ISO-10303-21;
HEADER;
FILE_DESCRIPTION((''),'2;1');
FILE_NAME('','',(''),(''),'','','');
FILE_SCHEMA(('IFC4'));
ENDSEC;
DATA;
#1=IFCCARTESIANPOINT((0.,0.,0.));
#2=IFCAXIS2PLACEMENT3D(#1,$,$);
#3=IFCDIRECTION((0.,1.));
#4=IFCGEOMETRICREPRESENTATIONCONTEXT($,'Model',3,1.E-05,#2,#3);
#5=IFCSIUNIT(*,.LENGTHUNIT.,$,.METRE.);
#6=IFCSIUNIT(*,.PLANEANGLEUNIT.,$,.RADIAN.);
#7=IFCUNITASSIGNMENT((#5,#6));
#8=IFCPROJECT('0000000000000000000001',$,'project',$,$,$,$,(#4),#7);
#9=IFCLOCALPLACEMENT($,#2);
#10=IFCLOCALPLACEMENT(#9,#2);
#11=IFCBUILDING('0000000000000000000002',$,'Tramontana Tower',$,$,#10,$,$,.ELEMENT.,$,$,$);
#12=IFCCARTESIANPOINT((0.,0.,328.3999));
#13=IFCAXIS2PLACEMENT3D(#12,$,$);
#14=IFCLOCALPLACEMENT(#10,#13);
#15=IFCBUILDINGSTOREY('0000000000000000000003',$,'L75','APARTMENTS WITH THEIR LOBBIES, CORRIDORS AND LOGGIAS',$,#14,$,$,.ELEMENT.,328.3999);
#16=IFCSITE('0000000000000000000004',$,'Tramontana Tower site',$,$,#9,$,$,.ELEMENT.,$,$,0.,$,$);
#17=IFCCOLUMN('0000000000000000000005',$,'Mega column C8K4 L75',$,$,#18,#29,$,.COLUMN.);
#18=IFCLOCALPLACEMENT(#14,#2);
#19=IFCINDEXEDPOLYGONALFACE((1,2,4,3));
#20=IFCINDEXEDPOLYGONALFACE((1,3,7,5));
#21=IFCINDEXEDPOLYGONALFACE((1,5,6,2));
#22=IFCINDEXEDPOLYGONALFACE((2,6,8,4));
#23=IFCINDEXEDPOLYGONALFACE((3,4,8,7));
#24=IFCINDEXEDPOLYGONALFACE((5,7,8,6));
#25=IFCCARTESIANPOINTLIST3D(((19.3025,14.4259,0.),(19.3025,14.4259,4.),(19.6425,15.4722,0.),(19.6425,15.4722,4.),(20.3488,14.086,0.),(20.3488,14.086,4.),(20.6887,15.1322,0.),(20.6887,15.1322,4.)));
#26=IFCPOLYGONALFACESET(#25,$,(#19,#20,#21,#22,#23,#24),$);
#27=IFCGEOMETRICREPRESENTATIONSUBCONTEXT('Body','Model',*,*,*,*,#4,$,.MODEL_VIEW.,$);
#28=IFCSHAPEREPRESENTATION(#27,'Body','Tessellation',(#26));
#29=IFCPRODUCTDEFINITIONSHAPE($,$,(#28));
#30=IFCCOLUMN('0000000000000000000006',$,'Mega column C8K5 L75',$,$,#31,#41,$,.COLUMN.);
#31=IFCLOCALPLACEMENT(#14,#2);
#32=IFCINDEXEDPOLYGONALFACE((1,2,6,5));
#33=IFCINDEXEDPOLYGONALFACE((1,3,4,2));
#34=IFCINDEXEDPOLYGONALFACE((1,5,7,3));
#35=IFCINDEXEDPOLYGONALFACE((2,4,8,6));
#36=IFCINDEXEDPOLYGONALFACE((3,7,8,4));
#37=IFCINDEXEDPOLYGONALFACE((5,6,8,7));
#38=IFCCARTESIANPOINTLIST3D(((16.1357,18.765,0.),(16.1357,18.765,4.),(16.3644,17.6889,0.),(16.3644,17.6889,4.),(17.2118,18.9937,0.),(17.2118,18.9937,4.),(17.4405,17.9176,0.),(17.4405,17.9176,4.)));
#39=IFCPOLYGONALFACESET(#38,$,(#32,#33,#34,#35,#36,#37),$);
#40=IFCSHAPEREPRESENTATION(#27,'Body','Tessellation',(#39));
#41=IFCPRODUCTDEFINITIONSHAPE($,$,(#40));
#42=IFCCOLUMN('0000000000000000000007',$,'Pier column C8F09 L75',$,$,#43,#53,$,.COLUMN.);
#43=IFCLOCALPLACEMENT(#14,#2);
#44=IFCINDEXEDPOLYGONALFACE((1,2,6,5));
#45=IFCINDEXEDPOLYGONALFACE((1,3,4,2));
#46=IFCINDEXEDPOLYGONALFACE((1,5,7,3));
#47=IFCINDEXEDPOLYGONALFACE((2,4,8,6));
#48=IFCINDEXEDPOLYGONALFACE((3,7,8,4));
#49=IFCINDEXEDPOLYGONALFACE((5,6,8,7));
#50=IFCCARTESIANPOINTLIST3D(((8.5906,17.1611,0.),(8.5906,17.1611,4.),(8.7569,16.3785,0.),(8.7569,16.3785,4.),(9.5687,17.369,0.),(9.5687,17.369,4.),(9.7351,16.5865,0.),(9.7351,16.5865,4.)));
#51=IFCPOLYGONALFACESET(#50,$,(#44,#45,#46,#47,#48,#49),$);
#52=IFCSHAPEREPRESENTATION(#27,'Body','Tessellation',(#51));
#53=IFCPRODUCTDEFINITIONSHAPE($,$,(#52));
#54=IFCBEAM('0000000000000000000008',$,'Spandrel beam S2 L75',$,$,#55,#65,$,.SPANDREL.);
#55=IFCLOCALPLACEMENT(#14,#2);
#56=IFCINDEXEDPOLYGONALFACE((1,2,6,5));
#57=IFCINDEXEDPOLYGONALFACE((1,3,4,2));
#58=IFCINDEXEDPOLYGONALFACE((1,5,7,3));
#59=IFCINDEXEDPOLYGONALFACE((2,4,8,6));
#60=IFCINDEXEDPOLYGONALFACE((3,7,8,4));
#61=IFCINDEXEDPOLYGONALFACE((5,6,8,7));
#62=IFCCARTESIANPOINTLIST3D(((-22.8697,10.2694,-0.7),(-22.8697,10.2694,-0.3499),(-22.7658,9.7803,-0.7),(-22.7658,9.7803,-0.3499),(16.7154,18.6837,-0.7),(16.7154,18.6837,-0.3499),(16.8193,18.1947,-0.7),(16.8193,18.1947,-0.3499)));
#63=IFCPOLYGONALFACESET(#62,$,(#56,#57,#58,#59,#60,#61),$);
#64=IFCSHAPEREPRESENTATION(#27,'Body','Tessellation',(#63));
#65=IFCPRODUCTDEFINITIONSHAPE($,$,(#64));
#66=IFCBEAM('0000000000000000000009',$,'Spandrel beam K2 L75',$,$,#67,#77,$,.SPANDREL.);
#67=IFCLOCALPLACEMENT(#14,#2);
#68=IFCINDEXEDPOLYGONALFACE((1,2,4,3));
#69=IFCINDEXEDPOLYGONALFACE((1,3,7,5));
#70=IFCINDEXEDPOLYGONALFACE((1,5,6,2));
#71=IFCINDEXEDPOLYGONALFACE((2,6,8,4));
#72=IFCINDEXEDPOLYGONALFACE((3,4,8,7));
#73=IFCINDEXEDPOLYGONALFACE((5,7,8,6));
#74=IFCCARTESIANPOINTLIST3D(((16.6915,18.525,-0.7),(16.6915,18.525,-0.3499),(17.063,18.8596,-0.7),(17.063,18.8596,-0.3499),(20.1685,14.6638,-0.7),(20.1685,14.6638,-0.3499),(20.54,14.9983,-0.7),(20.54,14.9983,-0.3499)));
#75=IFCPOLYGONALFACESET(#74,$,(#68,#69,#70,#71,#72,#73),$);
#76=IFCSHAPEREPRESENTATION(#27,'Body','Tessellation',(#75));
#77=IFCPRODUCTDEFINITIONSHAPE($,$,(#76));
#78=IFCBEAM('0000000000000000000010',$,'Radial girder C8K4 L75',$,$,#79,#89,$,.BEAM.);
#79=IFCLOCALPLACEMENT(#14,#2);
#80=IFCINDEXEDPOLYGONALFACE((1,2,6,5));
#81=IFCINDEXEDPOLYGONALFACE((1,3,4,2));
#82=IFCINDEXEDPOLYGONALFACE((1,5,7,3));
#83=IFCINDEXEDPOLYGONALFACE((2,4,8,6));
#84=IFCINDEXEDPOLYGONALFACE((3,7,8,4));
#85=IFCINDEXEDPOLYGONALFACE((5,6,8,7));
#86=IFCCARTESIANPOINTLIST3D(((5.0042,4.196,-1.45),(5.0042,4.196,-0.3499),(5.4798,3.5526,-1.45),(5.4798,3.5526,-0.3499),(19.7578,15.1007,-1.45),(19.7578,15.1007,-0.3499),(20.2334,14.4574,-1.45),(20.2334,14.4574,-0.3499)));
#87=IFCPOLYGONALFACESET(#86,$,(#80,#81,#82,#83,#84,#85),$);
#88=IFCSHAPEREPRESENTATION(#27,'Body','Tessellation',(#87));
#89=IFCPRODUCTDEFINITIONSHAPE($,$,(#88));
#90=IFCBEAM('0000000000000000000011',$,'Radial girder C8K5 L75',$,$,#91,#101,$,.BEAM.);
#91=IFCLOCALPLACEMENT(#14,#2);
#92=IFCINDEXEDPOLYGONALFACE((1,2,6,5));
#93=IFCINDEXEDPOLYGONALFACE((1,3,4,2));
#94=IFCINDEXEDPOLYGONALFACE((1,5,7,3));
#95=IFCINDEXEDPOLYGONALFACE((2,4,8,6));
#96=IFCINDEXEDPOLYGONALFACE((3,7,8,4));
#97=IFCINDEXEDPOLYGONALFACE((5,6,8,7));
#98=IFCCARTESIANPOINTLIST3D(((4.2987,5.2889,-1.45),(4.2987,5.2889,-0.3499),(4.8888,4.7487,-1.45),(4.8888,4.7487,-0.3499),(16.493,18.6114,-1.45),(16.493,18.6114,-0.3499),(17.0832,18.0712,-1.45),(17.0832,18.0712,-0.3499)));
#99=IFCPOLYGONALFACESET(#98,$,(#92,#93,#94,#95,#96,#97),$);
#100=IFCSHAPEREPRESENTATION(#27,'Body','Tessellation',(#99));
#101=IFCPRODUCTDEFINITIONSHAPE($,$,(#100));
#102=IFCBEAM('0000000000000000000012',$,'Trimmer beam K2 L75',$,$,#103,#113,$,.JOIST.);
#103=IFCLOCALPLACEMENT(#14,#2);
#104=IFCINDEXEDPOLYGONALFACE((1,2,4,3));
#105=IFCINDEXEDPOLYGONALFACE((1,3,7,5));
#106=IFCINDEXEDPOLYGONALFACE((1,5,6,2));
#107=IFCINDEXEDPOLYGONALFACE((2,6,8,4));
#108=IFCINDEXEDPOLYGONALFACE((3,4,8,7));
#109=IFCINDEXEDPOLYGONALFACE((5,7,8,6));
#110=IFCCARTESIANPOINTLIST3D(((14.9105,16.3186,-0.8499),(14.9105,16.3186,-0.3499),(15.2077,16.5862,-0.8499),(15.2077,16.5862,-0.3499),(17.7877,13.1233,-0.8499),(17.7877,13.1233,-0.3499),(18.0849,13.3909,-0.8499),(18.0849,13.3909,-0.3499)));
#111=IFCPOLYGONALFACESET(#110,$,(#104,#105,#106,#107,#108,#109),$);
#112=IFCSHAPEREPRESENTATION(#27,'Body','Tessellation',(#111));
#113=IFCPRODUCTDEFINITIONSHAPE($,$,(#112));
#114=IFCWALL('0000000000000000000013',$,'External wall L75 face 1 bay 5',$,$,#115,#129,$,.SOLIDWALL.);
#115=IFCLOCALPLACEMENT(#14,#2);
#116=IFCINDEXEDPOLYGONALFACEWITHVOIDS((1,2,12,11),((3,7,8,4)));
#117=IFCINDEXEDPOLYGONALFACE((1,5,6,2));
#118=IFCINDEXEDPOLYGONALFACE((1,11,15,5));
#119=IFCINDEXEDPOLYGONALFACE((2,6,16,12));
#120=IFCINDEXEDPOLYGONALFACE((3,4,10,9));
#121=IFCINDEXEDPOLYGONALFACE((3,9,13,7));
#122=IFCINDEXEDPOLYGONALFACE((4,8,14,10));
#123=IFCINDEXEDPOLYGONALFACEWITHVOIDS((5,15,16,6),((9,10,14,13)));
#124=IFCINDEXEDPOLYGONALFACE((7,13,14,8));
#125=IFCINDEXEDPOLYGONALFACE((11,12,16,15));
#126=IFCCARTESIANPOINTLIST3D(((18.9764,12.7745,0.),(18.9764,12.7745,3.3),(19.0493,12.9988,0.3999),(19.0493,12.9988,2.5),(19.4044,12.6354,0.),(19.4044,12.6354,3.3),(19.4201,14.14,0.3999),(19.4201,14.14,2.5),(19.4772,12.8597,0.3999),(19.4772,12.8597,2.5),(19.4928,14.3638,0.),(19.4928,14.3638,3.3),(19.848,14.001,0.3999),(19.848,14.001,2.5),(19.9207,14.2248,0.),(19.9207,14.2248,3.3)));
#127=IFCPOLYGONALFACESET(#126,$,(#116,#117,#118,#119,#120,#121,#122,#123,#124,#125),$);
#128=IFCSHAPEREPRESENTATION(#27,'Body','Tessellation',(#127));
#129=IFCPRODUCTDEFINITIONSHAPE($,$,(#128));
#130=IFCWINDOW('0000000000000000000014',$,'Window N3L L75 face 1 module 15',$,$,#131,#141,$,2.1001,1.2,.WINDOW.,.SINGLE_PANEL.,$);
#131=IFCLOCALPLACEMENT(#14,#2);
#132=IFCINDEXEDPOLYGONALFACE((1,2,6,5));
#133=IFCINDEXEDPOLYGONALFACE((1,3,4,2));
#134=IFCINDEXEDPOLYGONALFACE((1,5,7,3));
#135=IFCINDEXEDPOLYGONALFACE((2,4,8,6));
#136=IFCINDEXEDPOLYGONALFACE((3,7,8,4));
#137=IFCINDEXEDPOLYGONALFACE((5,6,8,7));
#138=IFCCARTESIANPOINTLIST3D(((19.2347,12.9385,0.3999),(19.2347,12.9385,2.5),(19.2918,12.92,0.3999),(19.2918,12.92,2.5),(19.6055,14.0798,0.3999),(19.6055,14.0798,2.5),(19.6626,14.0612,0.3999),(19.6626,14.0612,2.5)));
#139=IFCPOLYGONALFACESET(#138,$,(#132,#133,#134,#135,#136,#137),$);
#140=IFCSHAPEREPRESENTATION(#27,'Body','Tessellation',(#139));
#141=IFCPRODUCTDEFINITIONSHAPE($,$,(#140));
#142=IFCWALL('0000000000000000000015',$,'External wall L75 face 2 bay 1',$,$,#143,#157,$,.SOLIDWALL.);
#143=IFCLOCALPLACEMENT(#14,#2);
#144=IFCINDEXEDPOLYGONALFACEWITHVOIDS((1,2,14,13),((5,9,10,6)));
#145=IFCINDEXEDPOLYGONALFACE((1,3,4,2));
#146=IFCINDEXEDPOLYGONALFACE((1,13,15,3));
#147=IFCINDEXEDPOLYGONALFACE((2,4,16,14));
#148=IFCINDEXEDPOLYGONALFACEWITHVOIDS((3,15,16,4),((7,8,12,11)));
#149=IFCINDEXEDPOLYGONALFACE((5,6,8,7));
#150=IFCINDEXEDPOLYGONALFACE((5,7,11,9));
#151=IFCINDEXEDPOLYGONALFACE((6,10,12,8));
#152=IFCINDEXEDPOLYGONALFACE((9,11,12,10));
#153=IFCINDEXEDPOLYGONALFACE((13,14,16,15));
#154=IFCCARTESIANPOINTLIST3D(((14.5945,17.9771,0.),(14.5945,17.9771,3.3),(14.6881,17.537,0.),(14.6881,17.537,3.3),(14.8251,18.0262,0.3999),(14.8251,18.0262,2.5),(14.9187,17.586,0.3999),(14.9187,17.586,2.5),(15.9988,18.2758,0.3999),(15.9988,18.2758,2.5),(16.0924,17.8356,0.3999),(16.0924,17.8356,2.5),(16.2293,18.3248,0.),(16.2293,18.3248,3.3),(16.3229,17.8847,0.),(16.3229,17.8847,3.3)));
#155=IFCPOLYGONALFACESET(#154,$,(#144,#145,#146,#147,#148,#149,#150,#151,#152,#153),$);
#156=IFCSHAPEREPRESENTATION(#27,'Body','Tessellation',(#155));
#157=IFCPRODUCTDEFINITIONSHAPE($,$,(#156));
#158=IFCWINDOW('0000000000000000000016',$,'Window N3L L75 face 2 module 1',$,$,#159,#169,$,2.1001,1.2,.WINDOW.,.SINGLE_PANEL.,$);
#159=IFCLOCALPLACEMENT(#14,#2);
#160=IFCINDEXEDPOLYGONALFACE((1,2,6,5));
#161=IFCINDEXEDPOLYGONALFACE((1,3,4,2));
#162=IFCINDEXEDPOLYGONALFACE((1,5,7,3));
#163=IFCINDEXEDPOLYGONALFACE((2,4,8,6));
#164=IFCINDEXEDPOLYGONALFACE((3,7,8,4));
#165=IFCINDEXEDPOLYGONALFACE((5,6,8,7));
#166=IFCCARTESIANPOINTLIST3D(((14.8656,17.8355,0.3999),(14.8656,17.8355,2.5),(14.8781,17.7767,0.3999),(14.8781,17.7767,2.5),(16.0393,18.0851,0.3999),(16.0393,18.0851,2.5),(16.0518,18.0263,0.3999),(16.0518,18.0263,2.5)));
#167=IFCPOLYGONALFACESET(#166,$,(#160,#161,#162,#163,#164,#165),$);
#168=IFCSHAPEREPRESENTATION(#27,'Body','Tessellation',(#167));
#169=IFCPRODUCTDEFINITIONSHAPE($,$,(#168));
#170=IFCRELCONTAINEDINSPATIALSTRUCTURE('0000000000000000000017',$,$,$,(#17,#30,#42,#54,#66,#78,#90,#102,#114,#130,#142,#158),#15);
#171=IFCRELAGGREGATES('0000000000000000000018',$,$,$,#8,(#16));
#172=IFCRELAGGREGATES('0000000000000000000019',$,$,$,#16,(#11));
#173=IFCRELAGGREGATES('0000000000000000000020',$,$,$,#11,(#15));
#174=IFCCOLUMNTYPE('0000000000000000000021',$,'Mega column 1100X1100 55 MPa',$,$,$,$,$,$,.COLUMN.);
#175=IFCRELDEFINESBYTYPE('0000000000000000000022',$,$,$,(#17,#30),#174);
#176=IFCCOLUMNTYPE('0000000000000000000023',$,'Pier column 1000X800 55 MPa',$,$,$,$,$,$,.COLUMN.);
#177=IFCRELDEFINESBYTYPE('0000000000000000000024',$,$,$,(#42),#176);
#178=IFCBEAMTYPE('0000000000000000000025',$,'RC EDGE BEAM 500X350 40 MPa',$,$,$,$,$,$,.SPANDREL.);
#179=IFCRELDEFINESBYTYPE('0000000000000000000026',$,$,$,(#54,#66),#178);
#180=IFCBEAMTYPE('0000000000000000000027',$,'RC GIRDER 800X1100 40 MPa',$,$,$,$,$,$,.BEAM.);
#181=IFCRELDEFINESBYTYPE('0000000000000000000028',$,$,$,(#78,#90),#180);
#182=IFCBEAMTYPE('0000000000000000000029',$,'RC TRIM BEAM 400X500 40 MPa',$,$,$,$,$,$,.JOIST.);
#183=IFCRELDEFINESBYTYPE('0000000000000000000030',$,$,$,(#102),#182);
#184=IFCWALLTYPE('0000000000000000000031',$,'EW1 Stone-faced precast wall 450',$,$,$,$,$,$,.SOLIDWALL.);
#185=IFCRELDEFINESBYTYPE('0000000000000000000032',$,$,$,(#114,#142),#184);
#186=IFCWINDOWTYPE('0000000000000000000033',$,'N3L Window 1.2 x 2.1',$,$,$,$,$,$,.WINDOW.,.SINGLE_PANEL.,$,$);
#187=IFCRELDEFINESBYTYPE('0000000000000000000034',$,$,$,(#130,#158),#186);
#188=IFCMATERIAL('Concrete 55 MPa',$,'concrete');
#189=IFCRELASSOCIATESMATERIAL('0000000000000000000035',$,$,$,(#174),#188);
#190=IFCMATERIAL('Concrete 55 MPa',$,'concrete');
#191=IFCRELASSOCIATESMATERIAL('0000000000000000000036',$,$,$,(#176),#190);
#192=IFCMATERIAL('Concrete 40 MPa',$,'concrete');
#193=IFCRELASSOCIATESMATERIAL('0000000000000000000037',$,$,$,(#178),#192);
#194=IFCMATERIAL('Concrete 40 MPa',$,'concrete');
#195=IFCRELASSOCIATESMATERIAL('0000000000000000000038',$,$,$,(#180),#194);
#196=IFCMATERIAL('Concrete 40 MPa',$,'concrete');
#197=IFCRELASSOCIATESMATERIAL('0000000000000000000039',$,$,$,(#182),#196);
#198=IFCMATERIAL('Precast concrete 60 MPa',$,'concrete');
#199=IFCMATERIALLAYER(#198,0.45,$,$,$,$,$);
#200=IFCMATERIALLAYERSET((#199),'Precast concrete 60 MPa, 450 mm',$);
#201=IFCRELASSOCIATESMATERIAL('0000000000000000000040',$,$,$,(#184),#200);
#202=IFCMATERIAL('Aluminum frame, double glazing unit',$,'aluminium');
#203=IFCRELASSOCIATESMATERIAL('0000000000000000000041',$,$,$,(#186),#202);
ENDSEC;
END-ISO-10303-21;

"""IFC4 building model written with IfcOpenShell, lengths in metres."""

from ifc_helpers import new_model, si_unit, direction, frame, frame_2d, origin, origin_2d, place, context, subcontext, project, spatial, rectangle, extrude, material, layer, layer_set, material_profile, profile_set, type_object, element, fill, save


model = new_model("IFC4")

# Units and contexts
model_context = context("Model", 3, precision=1e-05, world=origin(), true_north=direction((0.0, 1.0)))
body_context = subcontext(model_context, "Body", "Model", "MODEL_VIEW")
ifc_project = project(units=[si_unit("LENGTHUNIT", "METRE"), si_unit("PLANEANGLEUNIT", "RADIAN")], contexts=[model_context])

# Site, building, storey
site_placement = place(None, origin())
site = spatial("IfcSite", under=ifc_project, at=site_placement, Name="Tramontana Tower site", CompositionType="ELEMENT", RefElevation=0.0)
building_placement = place(site_placement, origin())
building = spatial("IfcBuilding", under=site, at=building_placement, Name="Tramontana Tower", CompositionType="ELEMENT")
storey_placement = place(building_placement, frame((0.0, 0.0, 328.3999)))
storey = spatial("IfcBuildingStorey", under=building, at=storey_placement, Name="L75", Description="APARTMENTS WITH THEIR LOBBIES, CORRIDORS AND LOGGIAS", CompositionType="ELEMENT", Elevation=328.3999)

# Columns
ifc_material_1 = material(Name="Concrete 55 MPa", Category="concrete")
ifc_material_profile_1 = material_profile(ifc_material_1, rectangle(XDim=1.1001, YDim=1.1001, at=origin_2d()), Name="Mega column 1100X1100 55 MPa")
ifc_profile_set_1 = profile_set([ifc_material_profile_1], Name="Concrete 55 MPa")
column_type_1 = type_object("IfcColumnType", Name="Mega column 1100X1100 55 MPa", PredefinedType="COLUMN", material=ifc_profile_set_1)
for number, where, z_axis, x_axis, name in (
    (1, (19.9956, 14.7791, 0.0), (0.0, 0.0, 1.0), (0.309017, 0.951057, 0.0), "Mega column C8K4 L75"),
    (2, (16.7881, 18.3413, 0.0), (0.0, 0.0, 1.0), (-0.978148, -0.207912, 0.0), "Mega column C8K5 L75"),
):
    element("IfcColumn", number, at=place(storey_placement, frame(where, z_axis=z_axis, x_axis=x_axis)), inside=storey, type_object=column_type_1, Name=name, PredefinedType="COLUMN", context=body_context, shape_type="SweptSolid", body=[
        extrude(rectangle(XDim=1.1001, YDim=1.1001, at=origin_2d()), origin(), (0.0, 0.0, 1.0), 4.0),
    ])
ifc_material_2 = material(Name="Concrete 55 MPa", Category="concrete")
ifc_material_profile_2 = material_profile(ifc_material_2, rectangle(XDim=1.0, YDim=0.8, at=origin_2d()), Name="Pier column 1000X800 55 MPa")
ifc_profile_set_2 = profile_set([ifc_material_profile_2], Name="Concrete 55 MPa")
column_type_2 = type_object("IfcColumnType", Name="Pier column 1000X800 55 MPa", PredefinedType="COLUMN", material=ifc_profile_set_2)
column_placement = place(storey_placement, frame((9.1628, 16.8738, 0.0), z_axis=(0.0, 0.0, 1.0), x_axis=(-0.978148, -0.207912, 0.0)))
element("IfcColumn", 3, at=column_placement, inside=storey, type_object=column_type_2, Name="Pier column C8F09 L75", PredefinedType="COLUMN", context=body_context, shape_type="SweptSolid", body=[
    extrude(rectangle(XDim=1.0, YDim=0.8, at=origin_2d()), origin(), (0.0, 0.0, 1.0), 4.0),
])

# Beams
ifc_material_3 = material(Name="Concrete 40 MPa", Category="concrete")
ifc_material_profile_3 = material_profile(ifc_material_3, rectangle(XDim=0.5, YDim=0.3501, at=origin_2d()), Name="RC EDGE BEAM 500X350 40 MPa")
ifc_profile_set_3 = profile_set([ifc_material_profile_3], Name="Concrete 40 MPa")
beam_type_1 = type_object("IfcBeamType", Name="RC EDGE BEAM 500X350 40 MPa", PredefinedType="SPANDREL", material=ifc_profile_set_3)
beam_1_placement = place(storey_placement, frame((16.7673, 18.4392, -0.5249), z_axis=(-0.978146, -0.207918, 0.0), x_axis=(0.207918, -0.978146, 0.0)))
element("IfcBeam", 4, at=beam_1_placement, inside=storey, type_object=beam_type_1, Name="Spandrel beam S2 L75", PredefinedType="SPANDREL", context=body_context, shape_type="SweptSolid", body=[
    extrude(rectangle(XDim=0.5, YDim=0.3501, at=origin_2d()), origin(), (0.0, 0.0, 1.0), 40.4695),
])
beam_2_placement = place(storey_placement, frame((20.3542, 14.8311, -0.5249), z_axis=(-0.669162, 0.743117, 0.0), x_axis=(-0.743117, -0.669162, 0.0)))
element("IfcBeam", 5, at=beam_2_placement, inside=storey, type_object=beam_type_1, Name="Spandrel beam K2 L75", PredefinedType="SPANDREL", context=body_context, shape_type="SweptSolid", body=[
    extrude(rectangle(XDim=0.5, YDim=0.3501, at=origin_2d()), origin(), (0.0, 0.0, 1.0), 5.196),
])
ifc_material_4 = material(Name="Concrete 40 MPa", Category="concrete")
ifc_material_profile_4 = material_profile(ifc_material_4, rectangle(XDim=0.8, YDim=1.1001, at=origin_2d()), Name="RC GIRDER 800X1100 40 MPa")
ifc_profile_set_4 = profile_set([ifc_material_profile_4], Name="Concrete 40 MPa")
beam_type_2 = type_object("IfcBeamType", Name="RC GIRDER 800X1100 40 MPa", PredefinedType="BEAM", material=ifc_profile_set_4)
beam_3_placement = place(storey_placement, frame((19.9956, 14.7791, -0.8999), z_axis=(-0.804179, -0.594388, 0.0), x_axis=(0.594388, -0.804179, 0.0)))
element("IfcBeam", 6, at=beam_3_placement, inside=storey, type_object=beam_type_2, Name="Radial girder C8K4 L75", PredefinedType="BEAM", context=body_context, shape_type="SweptSolid", body=[
    extrude(rectangle(XDim=0.8, YDim=1.1001, at=origin_2d()), origin(), (0.0, 0.0, 1.0), 18.3462),
])
beam_4_placement = place(storey_placement, frame((16.7881, 18.3413, -0.8999), z_axis=(-0.675184, -0.737649, 0.0), x_axis=(0.737649, -0.675184, 0.0)))
element("IfcBeam", 7, at=beam_4_placement, inside=storey, type_object=beam_type_2, Name="Radial girder C8K5 L75", PredefinedType="BEAM", context=body_context, shape_type="SweptSolid", body=[
    extrude(rectangle(XDim=0.8, YDim=1.1001, at=origin_2d()), origin(), (0.0, 0.0, 1.0), 18.0608),
])
ifc_material_5 = material(Name="Concrete 40 MPa", Category="concrete")
ifc_material_profile_5 = material_profile(ifc_material_5, rectangle(XDim=0.3999, YDim=0.5, at=origin_2d()), Name="RC TRIM BEAM 400X500 40 MPa")
ifc_profile_set_5 = profile_set([ifc_material_profile_5], Name="Concrete 40 MPa")
beam_type_3 = type_object("IfcBeamType", Name="RC TRIM BEAM 400X500 40 MPa", PredefinedType="JOIST", material=ifc_profile_set_5)
beam_5_placement = place(storey_placement, frame((17.9363, 13.2571, -0.5999), z_axis=(-0.669147, 0.74313, 0.0), x_axis=(-0.74313, -0.669147, 0.0)))
element("IfcBeam", 8, at=beam_5_placement, inside=storey, type_object=beam_type_3, Name="Trimmer beam K2 L75", PredefinedType="JOIST", context=body_context, shape_type="SweptSolid", body=[
    extrude(rectangle(XDim=0.3999, YDim=0.5, at=origin_2d()), origin(), (0.0, 0.0, 1.0), 4.2998),
])

# Walls, openings, windows
ifc_material_6 = material(Name="Precast concrete 60 MPa", Category="concrete")
ifc_layer_1 = layer(ifc_material_6, 0.45)
ifc_layer_set_1 = layer_set([ifc_layer_1], Name="Precast concrete 60 MPa, 450 mm")
wall_type_1 = type_object("IfcWallType", Name="EW1 Stone-faced precast wall 450", PredefinedType="SOLIDWALL", material=ifc_layer_set_1)
wall_1_placement = place(storey_placement, frame((19.1904, 12.7051, 0.0), z_axis=(0.0, 0.0, 1.0), x_axis=(0.308987, 0.951066, 0.0)))
wall_1 = element("IfcWall", 9, at=wall_1_placement, inside=storey, type_object=wall_type_1, Name="External wall L75 face 1 bay 5", PredefinedType="SOLIDWALL", context=body_context, shape_type="SweptSolid", body=[
    extrude(rectangle(XDim=1.6711, YDim=0.45, at=frame_2d((0.8354, 0.0))), origin(), (0.0, 0.0, 1.0), 3.3),
])
opening_1_placement = place(wall_1_placement, frame((0.2356, 0.0, 0.3999)))
opening_1 = element("IfcOpeningElement", 10, at=opening_1_placement, cuts=wall_1, PredefinedType="OPENING", context=body_context, shape_type="SweptSolid", body=[
    extrude(rectangle(XDim=1.2, YDim=2.1001, at=frame_2d((0.6001, 1.05))), frame((0.0, 0.2349, 0.0), z_axis=(0.0, -1.0, 0.0), x_axis=(1.0, 0.0, 0.0)), (0.0, 0.0, 1.0), 0.47),
])
ifc_material_7 = material(Name="Aluminum frame, double glazing unit", Category="aluminium")
window_type_1 = type_object("IfcWindowType", Name="N3L Window 1.2 x 2.1", PartitioningType="SINGLE_PANEL", PredefinedType="WINDOW", material=ifc_material_7)
window_1_placement = place(opening_1_placement, origin())
window_1 = element("IfcWindow", 11, at=window_1_placement, inside=storey, type_object=window_type_1, Name="Window N3L L75 face 1 module 15", OverallHeight=2.1001, OverallWidth=1.2, PartitioningType="SINGLE_PANEL", PredefinedType="WINDOW", context=body_context, shape_type="SweptSolid", body=[
    extrude(rectangle(XDim=1.2, YDim=2.1001, at=frame_2d((0.6001, 1.05))), frame((0.0, 0.03, 0.0), z_axis=(0.0, -1.0, 0.0), x_axis=(1.0, 0.0, 0.0)), (0.0, 0.0, 1.0), 0.0601),
])
fill(opening_1, window_1)
wall_2_placement = place(storey_placement, frame((16.2761, 18.1047, 0.0), z_axis=(0.0, 0.0, 1.0), x_axis=(-0.978126, -0.208012, 0.0)))
wall_2 = element("IfcWall", 12, at=wall_2_placement, inside=storey, type_object=wall_type_1, Name="External wall L75 face 2 bay 1", PredefinedType="SOLIDWALL", context=body_context, shape_type="SweptSolid", body=[
    extrude(rectangle(XDim=1.6714, YDim=0.45, at=frame_2d((0.8357, 0.0))), origin(), (0.0, 0.0, 1.0), 3.3),
])
opening_2_placement = place(wall_2_placement, frame((0.2356, 0.0, 0.3999)))
opening_2 = element("IfcOpeningElement", 13, at=opening_2_placement, cuts=wall_2, PredefinedType="OPENING", context=body_context, shape_type="SweptSolid", body=[
    extrude(rectangle(XDim=1.2, YDim=2.1001, at=frame_2d((0.6001, 1.05))), frame((0.0, 0.2349, 0.0), z_axis=(0.0, -1.0, 0.0), x_axis=(1.0, 0.0, 0.0)), (0.0, 0.0, 1.0), 0.47),
])
window_2_placement = place(opening_2_placement, origin())
window_2 = element("IfcWindow", 14, at=window_2_placement, inside=storey, type_object=window_type_1, Name="Window N3L L75 face 2 module 1", OverallHeight=2.1001, OverallWidth=1.2, PartitioningType="SINGLE_PANEL", PredefinedType="WINDOW", context=body_context, shape_type="SweptSolid", body=[
    extrude(rectangle(XDim=1.2, YDim=2.1001, at=frame_2d((0.6001, 1.05))), frame((0.0, 0.03, 0.0), z_axis=(0.0, -1.0, 0.0), x_axis=(1.0, 0.0, 0.0)), (0.0, 0.0, 1.0), 0.0601),
])
fill(opening_2, window_2)

save(model, "model.ifc")
